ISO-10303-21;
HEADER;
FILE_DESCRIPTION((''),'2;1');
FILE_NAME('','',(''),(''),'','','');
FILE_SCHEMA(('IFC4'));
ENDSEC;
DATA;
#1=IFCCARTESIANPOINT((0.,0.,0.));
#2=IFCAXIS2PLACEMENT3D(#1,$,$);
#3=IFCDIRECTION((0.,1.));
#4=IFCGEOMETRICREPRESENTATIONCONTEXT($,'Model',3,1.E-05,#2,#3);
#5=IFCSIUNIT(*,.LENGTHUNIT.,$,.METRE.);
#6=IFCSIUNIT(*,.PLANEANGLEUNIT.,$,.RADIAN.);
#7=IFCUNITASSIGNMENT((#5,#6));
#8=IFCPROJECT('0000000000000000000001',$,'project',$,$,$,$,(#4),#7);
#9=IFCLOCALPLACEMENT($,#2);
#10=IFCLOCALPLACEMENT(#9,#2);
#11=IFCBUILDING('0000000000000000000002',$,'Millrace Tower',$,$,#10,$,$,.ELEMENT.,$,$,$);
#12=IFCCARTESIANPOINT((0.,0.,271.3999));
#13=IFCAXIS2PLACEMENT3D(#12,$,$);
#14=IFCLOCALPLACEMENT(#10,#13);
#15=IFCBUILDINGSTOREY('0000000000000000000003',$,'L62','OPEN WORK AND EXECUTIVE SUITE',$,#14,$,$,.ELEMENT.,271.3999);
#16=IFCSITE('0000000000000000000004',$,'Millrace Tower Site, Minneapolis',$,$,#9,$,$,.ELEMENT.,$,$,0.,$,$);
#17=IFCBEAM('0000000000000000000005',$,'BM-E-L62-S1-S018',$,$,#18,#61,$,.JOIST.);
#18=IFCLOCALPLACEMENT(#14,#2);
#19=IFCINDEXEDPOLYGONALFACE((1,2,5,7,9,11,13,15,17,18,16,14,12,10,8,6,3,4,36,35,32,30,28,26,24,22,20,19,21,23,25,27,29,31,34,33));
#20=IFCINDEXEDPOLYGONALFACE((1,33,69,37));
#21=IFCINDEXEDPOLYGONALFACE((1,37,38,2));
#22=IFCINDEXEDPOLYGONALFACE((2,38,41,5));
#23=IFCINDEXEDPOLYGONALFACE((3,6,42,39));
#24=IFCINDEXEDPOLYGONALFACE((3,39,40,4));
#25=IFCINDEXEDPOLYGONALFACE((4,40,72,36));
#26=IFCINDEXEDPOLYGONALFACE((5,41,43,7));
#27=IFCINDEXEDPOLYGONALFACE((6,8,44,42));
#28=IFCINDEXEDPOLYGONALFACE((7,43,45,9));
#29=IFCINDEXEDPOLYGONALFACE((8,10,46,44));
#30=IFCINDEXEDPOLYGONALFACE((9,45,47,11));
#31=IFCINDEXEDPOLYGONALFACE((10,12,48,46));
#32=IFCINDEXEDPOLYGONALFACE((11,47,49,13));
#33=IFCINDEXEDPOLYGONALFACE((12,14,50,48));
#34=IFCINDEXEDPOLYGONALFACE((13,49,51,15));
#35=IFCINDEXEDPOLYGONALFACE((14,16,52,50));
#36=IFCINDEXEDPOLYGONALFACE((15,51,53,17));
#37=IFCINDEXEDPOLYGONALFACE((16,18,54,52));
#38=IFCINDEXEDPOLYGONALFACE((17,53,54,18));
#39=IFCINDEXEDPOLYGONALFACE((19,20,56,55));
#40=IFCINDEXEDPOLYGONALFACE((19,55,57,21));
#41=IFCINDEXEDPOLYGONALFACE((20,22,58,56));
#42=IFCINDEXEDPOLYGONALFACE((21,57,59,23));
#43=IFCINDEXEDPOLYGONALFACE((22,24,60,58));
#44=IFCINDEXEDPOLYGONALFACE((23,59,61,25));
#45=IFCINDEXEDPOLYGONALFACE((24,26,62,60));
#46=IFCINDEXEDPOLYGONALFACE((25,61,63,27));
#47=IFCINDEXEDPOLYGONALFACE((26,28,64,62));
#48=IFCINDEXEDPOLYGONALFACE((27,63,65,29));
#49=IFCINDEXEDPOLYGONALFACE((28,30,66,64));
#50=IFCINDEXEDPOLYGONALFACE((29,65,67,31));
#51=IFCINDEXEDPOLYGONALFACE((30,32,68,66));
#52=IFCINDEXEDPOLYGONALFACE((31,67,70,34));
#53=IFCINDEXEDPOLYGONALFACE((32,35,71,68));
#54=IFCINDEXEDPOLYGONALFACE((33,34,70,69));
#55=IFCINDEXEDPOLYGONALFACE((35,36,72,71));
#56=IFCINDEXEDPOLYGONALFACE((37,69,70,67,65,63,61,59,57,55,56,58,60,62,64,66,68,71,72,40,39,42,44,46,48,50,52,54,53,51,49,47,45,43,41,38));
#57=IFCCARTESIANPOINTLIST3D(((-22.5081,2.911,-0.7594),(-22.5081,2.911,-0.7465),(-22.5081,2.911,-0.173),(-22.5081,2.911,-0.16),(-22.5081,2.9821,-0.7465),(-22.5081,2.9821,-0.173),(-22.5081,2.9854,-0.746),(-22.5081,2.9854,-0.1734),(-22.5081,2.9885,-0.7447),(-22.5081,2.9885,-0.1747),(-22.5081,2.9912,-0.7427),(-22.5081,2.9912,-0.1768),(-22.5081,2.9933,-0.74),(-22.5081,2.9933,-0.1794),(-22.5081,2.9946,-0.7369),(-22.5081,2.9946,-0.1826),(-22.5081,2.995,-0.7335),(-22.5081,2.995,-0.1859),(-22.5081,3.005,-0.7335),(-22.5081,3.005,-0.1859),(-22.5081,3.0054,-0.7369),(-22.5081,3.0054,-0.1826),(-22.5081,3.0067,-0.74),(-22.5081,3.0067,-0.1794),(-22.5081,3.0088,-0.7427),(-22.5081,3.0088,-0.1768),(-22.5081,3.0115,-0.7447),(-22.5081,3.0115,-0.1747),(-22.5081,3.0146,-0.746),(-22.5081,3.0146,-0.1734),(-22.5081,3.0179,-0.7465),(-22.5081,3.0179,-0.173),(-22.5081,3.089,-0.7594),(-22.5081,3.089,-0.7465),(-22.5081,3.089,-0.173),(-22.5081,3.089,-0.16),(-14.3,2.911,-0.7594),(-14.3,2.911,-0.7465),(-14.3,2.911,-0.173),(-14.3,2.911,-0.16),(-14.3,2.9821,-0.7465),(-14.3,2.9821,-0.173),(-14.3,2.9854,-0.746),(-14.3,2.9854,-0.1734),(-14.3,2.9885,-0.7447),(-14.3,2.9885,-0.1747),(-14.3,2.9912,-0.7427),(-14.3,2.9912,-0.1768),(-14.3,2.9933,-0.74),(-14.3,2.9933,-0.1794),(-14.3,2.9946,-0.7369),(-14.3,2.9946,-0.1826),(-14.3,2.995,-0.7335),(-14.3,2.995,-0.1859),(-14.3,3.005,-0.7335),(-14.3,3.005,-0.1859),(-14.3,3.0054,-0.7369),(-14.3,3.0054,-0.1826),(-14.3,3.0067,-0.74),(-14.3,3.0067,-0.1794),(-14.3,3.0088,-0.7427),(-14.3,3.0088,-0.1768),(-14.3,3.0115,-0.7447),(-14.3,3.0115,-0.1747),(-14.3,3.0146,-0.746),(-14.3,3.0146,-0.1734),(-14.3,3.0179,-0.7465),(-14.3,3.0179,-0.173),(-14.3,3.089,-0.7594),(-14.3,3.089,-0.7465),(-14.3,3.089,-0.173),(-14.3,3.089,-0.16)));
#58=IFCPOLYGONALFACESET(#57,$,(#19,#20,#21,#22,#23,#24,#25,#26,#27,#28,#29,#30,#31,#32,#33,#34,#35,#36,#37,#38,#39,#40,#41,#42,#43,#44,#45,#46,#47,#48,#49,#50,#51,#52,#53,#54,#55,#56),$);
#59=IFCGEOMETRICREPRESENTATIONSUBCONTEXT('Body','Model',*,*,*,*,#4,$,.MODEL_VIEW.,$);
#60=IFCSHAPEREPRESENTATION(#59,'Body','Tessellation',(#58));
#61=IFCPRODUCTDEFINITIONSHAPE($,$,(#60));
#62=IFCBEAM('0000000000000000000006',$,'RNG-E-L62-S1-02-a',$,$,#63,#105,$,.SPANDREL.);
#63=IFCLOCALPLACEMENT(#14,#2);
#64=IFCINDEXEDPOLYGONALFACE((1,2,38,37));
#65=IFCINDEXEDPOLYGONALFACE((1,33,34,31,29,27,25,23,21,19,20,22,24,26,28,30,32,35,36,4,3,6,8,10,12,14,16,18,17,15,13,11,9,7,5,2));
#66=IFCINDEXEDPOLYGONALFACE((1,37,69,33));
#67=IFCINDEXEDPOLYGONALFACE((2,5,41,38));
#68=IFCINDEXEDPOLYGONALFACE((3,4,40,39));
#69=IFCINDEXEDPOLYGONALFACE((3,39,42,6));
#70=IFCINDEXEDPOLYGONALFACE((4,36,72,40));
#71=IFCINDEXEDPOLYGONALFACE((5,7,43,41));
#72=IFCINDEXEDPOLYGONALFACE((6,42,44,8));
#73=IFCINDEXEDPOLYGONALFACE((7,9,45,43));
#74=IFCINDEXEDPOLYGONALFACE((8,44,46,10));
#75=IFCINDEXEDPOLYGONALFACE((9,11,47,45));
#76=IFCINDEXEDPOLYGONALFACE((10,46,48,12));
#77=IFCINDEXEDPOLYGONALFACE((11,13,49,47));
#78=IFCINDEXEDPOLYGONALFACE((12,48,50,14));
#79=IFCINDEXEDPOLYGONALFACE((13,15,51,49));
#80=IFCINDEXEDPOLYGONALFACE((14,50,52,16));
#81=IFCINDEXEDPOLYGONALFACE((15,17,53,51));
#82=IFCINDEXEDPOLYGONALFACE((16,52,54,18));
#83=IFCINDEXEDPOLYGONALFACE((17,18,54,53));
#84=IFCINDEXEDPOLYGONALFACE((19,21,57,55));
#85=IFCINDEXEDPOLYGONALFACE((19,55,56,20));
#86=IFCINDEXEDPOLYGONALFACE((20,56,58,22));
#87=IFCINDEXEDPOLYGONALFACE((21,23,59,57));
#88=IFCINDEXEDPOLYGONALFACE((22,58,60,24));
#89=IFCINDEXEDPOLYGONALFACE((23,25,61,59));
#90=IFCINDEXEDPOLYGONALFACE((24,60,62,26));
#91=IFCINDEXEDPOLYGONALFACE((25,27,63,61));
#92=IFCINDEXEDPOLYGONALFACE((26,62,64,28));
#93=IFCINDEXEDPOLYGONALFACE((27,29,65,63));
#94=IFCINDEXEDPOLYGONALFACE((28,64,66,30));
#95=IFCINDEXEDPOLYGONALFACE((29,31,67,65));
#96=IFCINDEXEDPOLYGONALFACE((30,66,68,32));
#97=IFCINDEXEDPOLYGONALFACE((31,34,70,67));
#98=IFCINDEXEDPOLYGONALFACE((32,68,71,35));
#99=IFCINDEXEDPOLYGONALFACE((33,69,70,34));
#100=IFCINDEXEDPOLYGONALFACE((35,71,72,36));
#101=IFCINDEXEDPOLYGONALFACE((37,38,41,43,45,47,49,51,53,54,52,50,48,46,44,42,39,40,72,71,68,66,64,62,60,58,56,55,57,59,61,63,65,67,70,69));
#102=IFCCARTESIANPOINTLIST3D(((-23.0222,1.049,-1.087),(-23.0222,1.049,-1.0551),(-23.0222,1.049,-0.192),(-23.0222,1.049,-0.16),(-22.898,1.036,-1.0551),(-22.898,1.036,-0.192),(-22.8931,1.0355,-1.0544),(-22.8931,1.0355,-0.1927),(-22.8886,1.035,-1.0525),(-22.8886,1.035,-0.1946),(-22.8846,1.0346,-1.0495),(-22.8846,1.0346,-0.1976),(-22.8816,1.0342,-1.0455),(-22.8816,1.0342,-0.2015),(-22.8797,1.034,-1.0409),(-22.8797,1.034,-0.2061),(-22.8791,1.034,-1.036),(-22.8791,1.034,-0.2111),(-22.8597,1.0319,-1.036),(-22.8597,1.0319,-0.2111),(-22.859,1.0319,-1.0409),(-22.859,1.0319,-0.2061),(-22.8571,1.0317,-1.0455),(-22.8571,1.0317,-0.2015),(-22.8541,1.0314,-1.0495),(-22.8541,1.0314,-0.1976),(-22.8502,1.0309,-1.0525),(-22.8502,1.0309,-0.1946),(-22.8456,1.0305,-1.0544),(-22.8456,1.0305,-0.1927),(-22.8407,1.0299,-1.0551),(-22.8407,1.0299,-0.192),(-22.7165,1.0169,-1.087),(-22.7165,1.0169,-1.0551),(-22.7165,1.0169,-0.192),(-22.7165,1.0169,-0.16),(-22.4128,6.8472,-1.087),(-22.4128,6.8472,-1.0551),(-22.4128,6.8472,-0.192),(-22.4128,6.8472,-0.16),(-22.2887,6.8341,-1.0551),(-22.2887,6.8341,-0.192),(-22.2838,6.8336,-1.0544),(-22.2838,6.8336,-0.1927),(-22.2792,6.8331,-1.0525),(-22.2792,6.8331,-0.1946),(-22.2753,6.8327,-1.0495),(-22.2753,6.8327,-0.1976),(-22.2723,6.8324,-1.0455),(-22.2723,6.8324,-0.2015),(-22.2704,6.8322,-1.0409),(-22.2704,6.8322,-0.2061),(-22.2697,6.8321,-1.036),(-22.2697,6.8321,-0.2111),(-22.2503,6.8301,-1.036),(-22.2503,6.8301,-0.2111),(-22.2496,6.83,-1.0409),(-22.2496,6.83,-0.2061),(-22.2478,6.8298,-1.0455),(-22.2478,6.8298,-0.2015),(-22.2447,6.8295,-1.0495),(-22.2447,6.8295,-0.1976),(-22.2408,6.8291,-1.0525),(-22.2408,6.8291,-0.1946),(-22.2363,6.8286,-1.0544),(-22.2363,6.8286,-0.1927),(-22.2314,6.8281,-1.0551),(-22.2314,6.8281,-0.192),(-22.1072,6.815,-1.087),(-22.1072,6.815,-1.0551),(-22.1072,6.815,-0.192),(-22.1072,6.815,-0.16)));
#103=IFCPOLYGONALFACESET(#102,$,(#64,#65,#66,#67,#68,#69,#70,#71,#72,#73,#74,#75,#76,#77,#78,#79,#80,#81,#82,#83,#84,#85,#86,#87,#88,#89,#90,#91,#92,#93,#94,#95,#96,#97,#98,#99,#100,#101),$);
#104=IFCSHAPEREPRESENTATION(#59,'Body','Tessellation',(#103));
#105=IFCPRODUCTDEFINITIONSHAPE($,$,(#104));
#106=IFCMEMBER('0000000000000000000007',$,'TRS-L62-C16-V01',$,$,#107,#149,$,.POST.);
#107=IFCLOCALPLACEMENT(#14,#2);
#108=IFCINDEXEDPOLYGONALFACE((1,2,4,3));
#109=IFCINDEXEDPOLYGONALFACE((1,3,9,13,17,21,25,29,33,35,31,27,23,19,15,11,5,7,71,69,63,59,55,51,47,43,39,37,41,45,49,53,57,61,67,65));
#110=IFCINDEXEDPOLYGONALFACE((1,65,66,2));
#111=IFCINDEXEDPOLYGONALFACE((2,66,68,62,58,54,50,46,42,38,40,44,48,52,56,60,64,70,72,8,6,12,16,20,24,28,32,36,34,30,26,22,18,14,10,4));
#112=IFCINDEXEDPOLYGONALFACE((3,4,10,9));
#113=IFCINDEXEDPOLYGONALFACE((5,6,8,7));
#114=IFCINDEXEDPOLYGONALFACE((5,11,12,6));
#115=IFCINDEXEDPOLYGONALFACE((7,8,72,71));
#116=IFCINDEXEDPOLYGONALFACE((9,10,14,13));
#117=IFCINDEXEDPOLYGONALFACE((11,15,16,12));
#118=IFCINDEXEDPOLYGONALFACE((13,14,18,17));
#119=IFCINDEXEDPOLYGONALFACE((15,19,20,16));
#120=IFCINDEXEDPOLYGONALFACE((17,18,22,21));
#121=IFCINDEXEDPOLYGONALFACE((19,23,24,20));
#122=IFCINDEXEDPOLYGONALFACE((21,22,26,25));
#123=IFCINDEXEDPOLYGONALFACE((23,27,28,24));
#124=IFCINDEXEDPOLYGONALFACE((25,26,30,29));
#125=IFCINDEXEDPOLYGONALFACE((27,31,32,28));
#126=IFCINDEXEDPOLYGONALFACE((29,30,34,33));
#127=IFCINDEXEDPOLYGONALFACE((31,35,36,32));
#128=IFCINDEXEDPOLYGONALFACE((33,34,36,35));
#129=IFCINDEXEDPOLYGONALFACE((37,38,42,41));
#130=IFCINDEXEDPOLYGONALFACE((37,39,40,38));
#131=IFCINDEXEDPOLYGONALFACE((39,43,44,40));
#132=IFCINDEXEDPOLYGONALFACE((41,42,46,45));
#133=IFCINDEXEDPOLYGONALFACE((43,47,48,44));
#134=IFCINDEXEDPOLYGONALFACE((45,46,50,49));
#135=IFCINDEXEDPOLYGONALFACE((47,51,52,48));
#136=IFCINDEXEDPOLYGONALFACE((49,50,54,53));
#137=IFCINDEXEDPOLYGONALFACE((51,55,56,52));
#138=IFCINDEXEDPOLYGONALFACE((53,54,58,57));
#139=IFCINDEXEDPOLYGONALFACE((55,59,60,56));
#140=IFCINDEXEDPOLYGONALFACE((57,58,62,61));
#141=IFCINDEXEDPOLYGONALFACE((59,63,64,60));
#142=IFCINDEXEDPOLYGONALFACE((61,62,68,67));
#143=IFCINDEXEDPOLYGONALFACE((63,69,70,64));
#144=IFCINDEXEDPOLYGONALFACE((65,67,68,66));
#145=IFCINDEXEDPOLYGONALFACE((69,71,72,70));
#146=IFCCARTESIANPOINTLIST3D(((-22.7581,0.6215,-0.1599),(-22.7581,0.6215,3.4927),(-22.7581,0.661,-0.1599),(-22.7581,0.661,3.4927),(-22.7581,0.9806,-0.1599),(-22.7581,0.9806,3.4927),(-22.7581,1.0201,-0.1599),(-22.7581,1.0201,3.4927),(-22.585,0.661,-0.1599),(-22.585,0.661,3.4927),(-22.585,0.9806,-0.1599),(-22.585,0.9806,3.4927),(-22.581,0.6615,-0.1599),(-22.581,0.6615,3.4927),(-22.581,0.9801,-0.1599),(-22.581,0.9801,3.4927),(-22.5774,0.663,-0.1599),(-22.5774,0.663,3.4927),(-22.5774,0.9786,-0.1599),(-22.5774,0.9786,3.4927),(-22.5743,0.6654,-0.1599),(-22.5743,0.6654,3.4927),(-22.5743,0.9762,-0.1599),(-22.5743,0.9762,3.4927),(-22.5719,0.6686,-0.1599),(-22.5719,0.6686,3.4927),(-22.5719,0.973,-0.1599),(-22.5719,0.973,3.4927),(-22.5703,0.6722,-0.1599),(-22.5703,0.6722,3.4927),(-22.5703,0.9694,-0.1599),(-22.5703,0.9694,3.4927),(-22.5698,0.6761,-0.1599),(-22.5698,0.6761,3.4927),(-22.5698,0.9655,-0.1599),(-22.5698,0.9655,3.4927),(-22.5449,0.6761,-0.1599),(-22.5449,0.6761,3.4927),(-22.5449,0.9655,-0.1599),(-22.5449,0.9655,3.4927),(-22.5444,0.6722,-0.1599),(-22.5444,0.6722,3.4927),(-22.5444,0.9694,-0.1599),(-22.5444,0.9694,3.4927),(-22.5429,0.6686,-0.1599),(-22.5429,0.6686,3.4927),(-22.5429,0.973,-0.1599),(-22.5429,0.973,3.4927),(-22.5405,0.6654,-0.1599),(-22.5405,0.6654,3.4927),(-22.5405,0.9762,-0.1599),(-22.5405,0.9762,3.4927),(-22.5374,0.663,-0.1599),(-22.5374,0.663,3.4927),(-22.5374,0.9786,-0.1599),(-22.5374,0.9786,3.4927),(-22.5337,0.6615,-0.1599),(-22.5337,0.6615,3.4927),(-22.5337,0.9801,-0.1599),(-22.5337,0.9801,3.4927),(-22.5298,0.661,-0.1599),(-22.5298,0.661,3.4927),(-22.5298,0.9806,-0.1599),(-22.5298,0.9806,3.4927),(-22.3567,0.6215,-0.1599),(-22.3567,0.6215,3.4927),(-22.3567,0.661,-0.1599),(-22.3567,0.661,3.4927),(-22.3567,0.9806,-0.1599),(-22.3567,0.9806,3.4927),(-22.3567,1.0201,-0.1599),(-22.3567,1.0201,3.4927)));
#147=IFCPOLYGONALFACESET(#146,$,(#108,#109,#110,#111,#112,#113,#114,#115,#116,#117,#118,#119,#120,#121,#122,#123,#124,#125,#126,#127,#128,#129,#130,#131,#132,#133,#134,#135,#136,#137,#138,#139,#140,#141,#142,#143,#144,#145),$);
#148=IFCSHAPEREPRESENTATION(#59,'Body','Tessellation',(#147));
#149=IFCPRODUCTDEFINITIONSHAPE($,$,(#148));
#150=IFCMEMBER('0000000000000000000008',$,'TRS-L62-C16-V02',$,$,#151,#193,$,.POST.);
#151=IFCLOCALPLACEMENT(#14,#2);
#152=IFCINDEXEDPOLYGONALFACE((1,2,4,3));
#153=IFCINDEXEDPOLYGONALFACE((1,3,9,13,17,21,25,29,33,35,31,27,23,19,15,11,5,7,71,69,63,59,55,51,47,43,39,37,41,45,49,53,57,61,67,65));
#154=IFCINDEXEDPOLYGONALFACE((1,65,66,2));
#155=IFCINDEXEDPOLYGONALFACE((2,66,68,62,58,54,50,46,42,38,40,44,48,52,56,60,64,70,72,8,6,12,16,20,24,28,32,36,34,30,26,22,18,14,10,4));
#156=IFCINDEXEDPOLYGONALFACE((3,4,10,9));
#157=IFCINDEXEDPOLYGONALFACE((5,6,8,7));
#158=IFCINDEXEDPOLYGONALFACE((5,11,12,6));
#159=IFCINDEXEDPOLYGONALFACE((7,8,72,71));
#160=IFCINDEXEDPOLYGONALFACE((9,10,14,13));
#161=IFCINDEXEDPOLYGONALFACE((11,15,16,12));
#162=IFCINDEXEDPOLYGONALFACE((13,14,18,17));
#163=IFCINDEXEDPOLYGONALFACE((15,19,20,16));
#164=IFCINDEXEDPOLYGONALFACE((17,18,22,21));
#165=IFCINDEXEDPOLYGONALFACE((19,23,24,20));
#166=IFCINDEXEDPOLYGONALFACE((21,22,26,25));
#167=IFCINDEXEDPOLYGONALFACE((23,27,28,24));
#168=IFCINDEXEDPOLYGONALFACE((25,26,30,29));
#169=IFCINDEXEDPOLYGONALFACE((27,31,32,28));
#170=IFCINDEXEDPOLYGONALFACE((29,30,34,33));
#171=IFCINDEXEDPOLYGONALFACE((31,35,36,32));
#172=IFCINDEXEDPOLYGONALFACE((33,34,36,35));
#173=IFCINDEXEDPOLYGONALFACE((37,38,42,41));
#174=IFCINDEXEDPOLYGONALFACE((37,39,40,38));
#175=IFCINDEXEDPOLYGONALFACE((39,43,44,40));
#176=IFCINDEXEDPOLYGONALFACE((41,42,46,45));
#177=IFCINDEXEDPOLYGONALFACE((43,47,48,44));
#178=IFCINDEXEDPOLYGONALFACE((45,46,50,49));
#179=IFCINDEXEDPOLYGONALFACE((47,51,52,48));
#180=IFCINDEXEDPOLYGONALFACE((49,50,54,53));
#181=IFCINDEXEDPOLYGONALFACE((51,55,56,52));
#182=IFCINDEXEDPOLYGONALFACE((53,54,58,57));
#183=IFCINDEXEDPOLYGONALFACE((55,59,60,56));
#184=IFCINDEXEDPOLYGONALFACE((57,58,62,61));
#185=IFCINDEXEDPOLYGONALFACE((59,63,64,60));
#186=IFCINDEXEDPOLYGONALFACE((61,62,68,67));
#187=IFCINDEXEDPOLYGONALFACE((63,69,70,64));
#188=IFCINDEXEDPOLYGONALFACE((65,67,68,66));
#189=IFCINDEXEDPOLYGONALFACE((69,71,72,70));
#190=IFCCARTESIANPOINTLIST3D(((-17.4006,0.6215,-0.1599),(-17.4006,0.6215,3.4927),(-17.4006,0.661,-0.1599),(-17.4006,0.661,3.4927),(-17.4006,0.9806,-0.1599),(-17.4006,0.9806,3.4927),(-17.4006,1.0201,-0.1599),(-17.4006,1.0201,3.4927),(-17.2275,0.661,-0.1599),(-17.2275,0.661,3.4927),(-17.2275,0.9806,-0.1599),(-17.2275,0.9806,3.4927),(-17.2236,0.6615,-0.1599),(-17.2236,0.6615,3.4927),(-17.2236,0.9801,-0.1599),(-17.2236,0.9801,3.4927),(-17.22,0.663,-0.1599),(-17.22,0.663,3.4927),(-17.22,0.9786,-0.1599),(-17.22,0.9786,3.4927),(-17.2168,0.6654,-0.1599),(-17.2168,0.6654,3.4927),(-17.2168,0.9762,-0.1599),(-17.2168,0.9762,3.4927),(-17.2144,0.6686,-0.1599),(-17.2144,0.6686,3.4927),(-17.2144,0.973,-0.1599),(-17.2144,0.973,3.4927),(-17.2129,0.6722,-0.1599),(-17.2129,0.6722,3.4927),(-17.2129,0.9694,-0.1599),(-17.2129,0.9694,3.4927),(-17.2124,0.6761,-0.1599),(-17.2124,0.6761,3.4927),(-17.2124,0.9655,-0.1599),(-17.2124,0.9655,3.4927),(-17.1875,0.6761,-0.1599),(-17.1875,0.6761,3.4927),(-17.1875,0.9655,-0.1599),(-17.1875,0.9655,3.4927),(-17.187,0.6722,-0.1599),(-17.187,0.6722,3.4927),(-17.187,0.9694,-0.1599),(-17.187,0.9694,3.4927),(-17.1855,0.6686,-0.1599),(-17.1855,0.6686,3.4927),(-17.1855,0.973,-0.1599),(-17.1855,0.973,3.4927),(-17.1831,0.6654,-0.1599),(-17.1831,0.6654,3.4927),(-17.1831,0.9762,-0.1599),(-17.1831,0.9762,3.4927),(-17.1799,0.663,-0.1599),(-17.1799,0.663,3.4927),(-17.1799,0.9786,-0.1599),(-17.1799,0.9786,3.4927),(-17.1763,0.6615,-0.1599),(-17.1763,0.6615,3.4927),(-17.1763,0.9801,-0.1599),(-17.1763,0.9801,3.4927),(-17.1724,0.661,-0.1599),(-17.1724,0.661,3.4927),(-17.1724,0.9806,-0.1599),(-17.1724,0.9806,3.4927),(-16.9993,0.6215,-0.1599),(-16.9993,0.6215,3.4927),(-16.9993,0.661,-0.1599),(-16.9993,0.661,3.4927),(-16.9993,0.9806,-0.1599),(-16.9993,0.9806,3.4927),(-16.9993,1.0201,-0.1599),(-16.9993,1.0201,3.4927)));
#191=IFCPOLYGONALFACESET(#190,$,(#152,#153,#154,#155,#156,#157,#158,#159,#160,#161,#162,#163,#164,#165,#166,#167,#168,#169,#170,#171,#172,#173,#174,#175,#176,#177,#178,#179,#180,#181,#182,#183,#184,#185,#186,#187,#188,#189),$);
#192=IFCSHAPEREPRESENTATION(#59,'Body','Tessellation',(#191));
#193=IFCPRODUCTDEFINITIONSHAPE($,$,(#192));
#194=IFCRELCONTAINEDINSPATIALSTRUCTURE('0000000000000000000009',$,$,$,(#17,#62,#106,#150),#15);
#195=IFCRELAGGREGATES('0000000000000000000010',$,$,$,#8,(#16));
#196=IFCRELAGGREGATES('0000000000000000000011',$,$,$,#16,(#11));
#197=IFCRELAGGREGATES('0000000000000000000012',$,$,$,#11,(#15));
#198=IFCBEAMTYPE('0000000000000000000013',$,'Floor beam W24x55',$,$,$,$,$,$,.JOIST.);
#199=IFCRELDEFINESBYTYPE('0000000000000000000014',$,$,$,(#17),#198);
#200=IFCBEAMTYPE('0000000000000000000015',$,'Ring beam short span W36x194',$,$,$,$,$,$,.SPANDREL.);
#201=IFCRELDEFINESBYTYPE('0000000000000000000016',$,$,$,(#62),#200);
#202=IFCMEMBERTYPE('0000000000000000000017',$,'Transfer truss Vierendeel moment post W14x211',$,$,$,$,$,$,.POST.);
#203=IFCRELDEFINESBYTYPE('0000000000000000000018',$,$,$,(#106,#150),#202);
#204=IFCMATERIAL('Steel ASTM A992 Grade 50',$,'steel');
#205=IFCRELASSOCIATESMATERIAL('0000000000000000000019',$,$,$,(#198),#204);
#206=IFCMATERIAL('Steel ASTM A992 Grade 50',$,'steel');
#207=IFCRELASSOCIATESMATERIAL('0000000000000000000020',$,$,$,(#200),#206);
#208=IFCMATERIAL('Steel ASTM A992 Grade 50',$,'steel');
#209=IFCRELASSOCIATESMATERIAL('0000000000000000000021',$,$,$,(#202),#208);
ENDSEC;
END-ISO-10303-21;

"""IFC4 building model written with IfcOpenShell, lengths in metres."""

from ifc_helpers import new_model, si_unit, direction, frame, origin, origin_2d, place, context, subcontext, project, spatial, i_section, extrude, material, material_profile, profile_set, type_object, element, save


model = new_model("IFC4")

# Units and contexts
model_context = context("Model", 3, precision=1e-05, world=origin(), true_north=direction((0.0, 1.0)))
body_context = subcontext(model_context, "Body", "Model", "MODEL_VIEW")
ifc_project = project(units=[si_unit("LENGTHUNIT", "METRE"), si_unit("PLANEANGLEUNIT", "RADIAN")], contexts=[model_context])

# Site, building, storey
site_placement = place(None, origin())
site = spatial("IfcSite", under=ifc_project, at=site_placement, Name="Millrace Tower Site, Minneapolis", CompositionType="ELEMENT", RefElevation=0.0)
building_placement = place(site_placement, origin())
building = spatial("IfcBuilding", under=site, at=building_placement, Name="Millrace Tower", CompositionType="ELEMENT")
storey_placement = place(building_placement, frame((0.0, 0.0, 271.3999)))
storey = spatial("IfcBuildingStorey", under=building, at=storey_placement, Name="L62", Description="OPEN WORK AND EXECUTIVE SUITE", CompositionType="ELEMENT", Elevation=271.3999)

# Beams
ifc_material_1 = material(Name="Steel ASTM A992 Grade 50", Category="steel")
ifc_material_profile_1 = material_profile(ifc_material_1, i_section(OverallWidth=0.178, OverallDepth=0.5994, WebThickness=0.01, FlangeThickness=0.0129, FilletRadius=0.0129, at=origin_2d()))
ifc_profile_set_1 = profile_set([ifc_material_profile_1], Name="Steel ASTM A992 Grade 50")
beam_type_1 = type_object("IfcBeamType", Name="Floor beam W24x55", PredefinedType="JOIST", material=ifc_profile_set_1)
beam_1_placement = place(storey_placement, frame((-22.5081, 3.0, -0.4597), z_axis=(1.0, 0.0, 0.0), x_axis=(0.0, 1.0, 0.0)))
element("IfcBeam", 1, at=beam_1_placement, inside=storey, type_object=beam_type_1, Name="BM-E-L62-S1-S018", PredefinedType="JOIST", context=body_context, shape_type="SweptSolid", body=[
    extrude(i_section(OverallWidth=0.178, OverallDepth=0.5994, WebThickness=0.01, FlangeThickness=0.0129, FilletRadius=0.0129, at=origin_2d()), origin(), (0.0, 0.0, 1.0), 8.208),
])
ifc_material_2 = material(Name="Steel ASTM A992 Grade 50", Category="steel")
ifc_material_profile_2 = material_profile(ifc_material_2, i_section(OverallWidth=0.3074, OverallDepth=0.927, WebThickness=0.0195, FlangeThickness=0.032, FilletRadius=0.019, at=origin_2d()))
ifc_profile_set_2 = profile_set([ifc_material_profile_2], Name="Steel ASTM A992 Grade 50")
beam_type_2 = type_object("IfcBeamType", Name="Ring beam short span W36x194", PredefinedType="SPANDREL", material=ifc_profile_set_2)
beam_2_placement = place(storey_placement, frame((-22.8694, 1.033, -0.6235), z_axis=(0.104523, 0.994522, 0.0), x_axis=(-0.994522, 0.104523, 0.0)))
element("IfcBeam", 2, at=beam_2_placement, inside=storey, type_object=beam_type_2, Name="RNG-E-L62-S1-02-a", PredefinedType="SPANDREL", context=body_context, shape_type="SweptSolid", body=[
    extrude(i_section(OverallWidth=0.3074, OverallDepth=0.927, WebThickness=0.0195, FlangeThickness=0.032, FilletRadius=0.019, at=origin_2d()), origin(), (0.0, 0.0, 1.0), 5.8301),
])

# Members
ifc_material_3 = material(Name="Steel ASTM A992 Grade 50", Category="steel")
ifc_material_profile_3 = material_profile(ifc_material_3, i_section(OverallWidth=0.4014, OverallDepth=0.3987, WebThickness=0.0249, FlangeThickness=0.0396, FilletRadius=0.0151, at=origin_2d()))
ifc_profile_set_3 = profile_set([ifc_material_profile_3], Name="Steel ASTM A992 Grade 50")
member_type_1 = type_object("IfcMemberType", Name="Transfer truss Vierendeel moment post W14x211", PredefinedType="POST", material=ifc_profile_set_3)
for number, where, z_axis, x_axis, name in (
    (3, (-22.5574, 0.8208, -0.1599), (0.0, 0.0, 1.0), (1.0, 0.0, 0.0), "TRS-L62-C16-V01"),
    (4, (-17.2, 0.8208, -0.1599), (0.0, 0.0, 1.0), (1.0, 0.0, 0.0), "TRS-L62-C16-V02"),
):
    element("IfcMember", number, at=place(storey_placement, frame(where, z_axis=z_axis, x_axis=x_axis)), inside=storey, type_object=member_type_1, Name=name, PredefinedType="POST", context=body_context, shape_type="SweptSolid", body=[
        extrude(i_section(OverallWidth=0.4014, OverallDepth=0.3987, WebThickness=0.0249, FlangeThickness=0.0396, FilletRadius=0.0151, at=origin_2d()), origin(), (0.0, 0.0, 1.0), 3.6526),
    ])

save(model, "model.ifc")
